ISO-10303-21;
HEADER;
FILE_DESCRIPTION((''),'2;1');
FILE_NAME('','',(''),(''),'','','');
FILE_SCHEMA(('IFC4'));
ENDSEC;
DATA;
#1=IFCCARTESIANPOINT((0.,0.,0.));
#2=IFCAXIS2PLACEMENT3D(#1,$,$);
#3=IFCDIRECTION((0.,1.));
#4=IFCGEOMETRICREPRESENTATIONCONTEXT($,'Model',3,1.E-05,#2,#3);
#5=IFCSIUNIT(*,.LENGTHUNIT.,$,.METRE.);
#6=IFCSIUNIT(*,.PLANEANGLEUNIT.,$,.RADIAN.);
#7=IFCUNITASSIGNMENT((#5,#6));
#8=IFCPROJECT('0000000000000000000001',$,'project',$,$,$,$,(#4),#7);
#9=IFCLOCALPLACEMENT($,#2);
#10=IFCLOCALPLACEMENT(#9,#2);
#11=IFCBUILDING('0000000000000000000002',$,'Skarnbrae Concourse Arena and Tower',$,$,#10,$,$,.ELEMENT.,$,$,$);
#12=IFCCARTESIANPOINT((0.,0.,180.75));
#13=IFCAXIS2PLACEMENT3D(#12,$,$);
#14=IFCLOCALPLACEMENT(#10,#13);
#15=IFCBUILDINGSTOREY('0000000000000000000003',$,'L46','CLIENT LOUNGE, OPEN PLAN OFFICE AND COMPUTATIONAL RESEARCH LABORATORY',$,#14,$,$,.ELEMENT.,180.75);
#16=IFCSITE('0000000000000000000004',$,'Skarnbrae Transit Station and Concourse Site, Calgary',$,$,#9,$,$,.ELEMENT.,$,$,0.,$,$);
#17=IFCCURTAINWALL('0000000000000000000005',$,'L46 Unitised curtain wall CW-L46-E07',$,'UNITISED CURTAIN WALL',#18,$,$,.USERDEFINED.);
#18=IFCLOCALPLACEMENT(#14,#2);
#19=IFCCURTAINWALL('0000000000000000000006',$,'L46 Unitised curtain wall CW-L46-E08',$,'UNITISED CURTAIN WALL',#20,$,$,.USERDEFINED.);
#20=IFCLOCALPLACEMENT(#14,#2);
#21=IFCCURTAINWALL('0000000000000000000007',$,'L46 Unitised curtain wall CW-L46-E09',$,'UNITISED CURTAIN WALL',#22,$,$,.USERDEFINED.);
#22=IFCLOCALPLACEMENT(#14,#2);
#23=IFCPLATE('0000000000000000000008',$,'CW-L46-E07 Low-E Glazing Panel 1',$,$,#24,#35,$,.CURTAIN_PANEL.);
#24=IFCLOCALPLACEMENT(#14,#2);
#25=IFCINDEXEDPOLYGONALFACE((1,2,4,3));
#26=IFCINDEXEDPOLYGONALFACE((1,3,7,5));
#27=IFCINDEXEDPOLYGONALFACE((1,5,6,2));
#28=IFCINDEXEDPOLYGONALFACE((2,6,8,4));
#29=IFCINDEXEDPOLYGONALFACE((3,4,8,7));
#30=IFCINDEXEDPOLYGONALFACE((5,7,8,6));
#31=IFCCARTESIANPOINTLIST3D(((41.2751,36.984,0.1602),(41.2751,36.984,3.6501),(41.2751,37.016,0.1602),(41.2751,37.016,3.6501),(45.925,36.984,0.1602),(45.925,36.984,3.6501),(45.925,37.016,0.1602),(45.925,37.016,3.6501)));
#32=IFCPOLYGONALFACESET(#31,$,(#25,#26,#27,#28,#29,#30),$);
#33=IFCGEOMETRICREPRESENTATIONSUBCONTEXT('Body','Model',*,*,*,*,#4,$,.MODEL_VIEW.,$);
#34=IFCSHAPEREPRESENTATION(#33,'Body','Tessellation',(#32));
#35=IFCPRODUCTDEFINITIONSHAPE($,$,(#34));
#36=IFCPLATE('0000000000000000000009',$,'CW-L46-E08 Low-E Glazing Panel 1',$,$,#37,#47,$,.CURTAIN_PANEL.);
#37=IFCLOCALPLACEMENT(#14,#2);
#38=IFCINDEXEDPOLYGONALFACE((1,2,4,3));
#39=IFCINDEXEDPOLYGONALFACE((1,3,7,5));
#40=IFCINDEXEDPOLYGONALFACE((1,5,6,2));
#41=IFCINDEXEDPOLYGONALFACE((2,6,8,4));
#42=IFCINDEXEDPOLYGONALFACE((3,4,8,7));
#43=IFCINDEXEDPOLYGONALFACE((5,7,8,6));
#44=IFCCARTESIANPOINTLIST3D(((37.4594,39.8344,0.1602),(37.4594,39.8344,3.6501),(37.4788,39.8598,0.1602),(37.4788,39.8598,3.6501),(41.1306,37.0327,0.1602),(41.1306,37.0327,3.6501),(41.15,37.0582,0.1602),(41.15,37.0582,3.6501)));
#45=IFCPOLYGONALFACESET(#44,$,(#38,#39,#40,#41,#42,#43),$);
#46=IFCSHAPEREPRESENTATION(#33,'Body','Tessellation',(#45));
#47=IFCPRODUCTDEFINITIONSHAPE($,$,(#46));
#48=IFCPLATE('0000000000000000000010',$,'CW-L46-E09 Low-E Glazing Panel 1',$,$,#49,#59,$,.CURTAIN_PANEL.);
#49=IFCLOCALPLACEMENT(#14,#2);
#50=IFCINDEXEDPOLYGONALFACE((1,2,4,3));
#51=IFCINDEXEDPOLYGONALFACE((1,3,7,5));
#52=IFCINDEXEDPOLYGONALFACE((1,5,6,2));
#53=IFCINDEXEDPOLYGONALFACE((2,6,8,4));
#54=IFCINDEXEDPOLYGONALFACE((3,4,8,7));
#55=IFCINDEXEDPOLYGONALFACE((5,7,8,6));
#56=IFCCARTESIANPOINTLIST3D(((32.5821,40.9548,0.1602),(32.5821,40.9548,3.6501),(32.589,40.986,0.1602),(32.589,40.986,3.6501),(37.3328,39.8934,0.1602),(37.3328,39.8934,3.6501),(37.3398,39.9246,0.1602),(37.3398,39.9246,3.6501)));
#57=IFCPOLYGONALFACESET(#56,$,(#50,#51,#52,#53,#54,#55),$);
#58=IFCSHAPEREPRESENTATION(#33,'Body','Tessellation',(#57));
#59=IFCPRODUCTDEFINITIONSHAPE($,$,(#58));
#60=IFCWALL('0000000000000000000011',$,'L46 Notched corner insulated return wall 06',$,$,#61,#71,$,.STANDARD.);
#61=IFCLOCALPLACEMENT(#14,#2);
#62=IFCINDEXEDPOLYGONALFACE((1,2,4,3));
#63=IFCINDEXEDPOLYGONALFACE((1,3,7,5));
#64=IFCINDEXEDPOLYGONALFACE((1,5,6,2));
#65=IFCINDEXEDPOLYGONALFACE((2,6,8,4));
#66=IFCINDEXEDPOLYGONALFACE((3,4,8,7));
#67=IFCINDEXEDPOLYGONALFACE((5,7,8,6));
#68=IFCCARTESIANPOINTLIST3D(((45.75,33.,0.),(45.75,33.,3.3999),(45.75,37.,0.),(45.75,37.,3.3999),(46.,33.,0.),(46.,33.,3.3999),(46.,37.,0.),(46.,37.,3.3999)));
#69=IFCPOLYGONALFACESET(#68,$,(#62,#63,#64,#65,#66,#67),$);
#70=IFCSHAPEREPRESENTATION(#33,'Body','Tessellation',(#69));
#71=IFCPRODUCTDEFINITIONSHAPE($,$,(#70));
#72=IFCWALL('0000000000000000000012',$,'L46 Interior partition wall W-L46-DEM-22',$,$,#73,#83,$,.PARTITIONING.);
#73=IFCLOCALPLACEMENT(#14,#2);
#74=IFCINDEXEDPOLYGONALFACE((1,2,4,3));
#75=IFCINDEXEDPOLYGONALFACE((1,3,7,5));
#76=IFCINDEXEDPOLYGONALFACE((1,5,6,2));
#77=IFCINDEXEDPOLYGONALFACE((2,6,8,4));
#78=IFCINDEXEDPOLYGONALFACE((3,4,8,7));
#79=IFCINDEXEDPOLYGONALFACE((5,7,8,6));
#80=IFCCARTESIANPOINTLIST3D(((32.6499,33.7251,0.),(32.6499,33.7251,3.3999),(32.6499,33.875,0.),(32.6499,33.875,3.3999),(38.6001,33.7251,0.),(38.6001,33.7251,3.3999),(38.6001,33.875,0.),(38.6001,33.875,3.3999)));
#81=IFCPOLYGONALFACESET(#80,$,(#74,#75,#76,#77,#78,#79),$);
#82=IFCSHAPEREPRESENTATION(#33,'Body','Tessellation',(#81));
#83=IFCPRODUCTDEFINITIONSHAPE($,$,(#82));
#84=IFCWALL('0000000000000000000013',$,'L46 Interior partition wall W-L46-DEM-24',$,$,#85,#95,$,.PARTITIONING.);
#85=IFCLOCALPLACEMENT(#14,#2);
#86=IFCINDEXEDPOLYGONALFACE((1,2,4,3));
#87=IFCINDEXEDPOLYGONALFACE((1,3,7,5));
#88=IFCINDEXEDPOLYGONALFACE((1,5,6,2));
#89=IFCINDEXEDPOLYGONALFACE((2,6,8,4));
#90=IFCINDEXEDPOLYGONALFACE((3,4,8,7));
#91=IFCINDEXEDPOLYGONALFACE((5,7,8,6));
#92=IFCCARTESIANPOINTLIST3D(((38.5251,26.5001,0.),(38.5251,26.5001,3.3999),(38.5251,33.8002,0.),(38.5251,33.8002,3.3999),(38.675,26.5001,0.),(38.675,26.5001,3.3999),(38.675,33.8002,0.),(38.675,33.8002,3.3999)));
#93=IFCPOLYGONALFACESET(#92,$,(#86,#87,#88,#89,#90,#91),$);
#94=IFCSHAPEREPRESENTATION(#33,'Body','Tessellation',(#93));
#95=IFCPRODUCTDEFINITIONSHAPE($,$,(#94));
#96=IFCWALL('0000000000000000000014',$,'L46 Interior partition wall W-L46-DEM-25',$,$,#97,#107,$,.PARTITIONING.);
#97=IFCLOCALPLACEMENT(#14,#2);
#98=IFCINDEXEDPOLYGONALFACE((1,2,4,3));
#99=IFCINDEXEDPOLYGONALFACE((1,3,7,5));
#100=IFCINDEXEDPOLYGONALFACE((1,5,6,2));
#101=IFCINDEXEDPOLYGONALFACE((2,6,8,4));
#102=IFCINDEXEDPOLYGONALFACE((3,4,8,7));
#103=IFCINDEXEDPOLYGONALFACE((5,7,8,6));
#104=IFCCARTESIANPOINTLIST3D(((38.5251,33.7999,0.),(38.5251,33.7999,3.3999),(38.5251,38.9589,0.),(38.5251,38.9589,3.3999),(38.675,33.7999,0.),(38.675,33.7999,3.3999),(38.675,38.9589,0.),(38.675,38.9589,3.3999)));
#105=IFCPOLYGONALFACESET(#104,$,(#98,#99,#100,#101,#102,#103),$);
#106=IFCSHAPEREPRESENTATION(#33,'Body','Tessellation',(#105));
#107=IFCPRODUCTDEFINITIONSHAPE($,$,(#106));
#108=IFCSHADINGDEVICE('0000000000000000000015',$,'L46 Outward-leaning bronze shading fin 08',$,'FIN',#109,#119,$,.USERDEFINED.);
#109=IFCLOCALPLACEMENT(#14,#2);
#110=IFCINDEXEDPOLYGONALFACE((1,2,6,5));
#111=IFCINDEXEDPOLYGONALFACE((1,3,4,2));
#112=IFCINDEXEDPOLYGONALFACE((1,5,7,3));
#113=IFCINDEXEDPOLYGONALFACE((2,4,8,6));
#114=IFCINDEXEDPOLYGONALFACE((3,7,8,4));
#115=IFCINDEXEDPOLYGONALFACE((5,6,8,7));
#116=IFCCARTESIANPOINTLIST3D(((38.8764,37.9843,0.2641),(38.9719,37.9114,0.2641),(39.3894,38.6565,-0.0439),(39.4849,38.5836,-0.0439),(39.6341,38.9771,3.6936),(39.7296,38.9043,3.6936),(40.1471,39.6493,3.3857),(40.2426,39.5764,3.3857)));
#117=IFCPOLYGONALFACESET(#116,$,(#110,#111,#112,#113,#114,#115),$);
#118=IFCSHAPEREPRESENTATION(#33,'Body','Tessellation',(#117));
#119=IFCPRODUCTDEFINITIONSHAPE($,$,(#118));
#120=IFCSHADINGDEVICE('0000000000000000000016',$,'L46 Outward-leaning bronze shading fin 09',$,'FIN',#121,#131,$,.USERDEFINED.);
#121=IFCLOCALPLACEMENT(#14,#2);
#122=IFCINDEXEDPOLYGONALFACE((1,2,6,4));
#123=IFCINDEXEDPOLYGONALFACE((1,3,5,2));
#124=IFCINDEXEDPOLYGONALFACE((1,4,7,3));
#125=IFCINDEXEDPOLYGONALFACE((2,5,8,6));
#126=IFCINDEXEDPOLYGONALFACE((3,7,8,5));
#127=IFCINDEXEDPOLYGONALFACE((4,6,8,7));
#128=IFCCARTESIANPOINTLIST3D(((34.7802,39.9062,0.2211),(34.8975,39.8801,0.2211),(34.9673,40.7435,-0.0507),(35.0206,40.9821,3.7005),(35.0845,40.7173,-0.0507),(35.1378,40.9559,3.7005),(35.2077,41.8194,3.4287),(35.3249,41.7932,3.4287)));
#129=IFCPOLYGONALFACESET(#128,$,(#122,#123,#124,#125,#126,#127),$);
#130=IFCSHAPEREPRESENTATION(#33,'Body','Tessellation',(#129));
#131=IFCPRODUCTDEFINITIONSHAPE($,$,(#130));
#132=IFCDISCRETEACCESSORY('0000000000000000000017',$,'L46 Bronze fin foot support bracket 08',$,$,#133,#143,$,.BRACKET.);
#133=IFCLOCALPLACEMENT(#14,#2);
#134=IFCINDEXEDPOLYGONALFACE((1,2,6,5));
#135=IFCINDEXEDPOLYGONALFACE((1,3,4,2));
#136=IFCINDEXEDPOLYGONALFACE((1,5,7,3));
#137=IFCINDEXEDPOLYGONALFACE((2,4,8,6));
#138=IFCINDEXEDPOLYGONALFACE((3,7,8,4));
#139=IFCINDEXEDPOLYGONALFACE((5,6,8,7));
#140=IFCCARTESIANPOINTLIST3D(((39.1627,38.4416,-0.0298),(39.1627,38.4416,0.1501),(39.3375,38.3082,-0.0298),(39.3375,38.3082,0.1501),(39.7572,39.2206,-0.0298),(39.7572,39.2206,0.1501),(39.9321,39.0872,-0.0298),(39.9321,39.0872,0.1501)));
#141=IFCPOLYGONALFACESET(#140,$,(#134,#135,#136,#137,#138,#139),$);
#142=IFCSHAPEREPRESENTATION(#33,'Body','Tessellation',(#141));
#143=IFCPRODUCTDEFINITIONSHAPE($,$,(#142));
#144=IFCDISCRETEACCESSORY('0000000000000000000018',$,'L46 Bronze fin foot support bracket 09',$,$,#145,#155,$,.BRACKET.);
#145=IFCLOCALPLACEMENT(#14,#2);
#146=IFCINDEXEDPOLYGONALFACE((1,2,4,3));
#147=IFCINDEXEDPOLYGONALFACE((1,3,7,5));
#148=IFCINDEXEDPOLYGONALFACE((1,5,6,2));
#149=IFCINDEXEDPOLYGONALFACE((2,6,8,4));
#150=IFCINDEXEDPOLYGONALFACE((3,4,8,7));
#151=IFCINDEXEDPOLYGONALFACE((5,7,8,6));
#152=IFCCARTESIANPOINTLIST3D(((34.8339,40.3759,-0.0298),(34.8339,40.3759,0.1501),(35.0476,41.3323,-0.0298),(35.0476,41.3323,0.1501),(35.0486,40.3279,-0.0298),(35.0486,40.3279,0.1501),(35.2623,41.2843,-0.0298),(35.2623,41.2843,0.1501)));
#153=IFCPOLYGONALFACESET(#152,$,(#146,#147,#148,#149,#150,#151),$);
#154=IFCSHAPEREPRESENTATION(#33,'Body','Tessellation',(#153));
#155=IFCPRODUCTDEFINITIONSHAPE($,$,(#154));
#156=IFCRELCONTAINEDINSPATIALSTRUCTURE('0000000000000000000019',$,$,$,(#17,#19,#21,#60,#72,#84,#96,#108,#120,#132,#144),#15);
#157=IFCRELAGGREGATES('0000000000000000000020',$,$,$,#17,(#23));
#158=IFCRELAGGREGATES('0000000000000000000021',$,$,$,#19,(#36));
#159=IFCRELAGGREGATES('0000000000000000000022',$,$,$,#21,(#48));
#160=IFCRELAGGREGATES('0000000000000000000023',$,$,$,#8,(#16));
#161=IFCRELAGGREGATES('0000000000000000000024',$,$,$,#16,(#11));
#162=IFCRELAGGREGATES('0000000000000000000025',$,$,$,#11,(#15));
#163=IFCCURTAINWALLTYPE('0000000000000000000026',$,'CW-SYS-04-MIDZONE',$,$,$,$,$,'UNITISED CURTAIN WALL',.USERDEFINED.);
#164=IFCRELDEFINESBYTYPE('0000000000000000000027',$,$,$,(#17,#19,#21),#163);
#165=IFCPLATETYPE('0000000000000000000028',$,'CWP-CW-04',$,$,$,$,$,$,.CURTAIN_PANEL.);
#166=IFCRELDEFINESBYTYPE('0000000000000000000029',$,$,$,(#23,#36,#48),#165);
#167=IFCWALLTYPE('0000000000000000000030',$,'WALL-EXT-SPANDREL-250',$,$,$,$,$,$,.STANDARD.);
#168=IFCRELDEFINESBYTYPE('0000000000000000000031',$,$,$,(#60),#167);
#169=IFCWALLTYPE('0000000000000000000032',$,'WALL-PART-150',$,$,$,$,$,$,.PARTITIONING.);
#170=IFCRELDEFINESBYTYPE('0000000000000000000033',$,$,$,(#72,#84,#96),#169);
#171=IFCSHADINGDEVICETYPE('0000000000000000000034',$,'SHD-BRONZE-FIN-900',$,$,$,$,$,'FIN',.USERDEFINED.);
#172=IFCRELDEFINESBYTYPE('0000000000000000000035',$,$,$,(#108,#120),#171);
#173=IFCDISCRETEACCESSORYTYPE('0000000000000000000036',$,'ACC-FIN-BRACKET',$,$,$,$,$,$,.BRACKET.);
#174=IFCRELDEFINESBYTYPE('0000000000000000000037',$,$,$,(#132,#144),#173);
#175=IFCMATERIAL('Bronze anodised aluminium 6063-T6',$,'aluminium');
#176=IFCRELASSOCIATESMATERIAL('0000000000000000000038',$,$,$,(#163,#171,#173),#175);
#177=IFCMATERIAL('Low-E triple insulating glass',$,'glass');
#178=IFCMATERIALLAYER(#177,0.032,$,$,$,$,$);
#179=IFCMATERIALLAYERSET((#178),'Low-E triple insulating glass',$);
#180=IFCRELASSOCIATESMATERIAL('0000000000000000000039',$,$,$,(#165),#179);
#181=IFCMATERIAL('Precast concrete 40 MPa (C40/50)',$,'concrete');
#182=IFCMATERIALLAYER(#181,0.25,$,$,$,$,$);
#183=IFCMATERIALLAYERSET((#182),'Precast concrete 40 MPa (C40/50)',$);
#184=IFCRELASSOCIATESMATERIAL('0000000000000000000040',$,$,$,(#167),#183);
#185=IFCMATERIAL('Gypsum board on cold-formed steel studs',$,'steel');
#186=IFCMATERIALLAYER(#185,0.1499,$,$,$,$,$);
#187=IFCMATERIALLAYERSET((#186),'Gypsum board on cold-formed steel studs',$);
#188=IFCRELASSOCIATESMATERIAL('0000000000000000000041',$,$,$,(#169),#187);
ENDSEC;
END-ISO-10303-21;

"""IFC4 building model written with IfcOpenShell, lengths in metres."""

from ifc_helpers import new_model, si_unit, direction, frame, frame_2d, origin, origin_2d, place, context, subcontext, project, spatial, rectangle, extrude, source, transform, mapped, material, layer, layer_set, type_object, element, aggregate, save


model = new_model("IFC4")

# Units and contexts
model_context = context("Model", 3, precision=1e-05, world=origin(), true_north=direction((0.0, 1.0)))
body_context = subcontext(model_context, "Body", "Model", "MODEL_VIEW")
ifc_project = project(units=[si_unit("LENGTHUNIT", "METRE"), si_unit("PLANEANGLEUNIT", "RADIAN")], contexts=[model_context])

# Site, building, storey
site_placement = place(None, origin())
site = spatial("IfcSite", under=ifc_project, at=site_placement, Name="Skarnbrae Transit Station and Concourse Site, Calgary", CompositionType="ELEMENT", RefElevation=0.0)
building_placement = place(site_placement, origin())
building = spatial("IfcBuilding", under=site, at=building_placement, Name="Skarnbrae Concourse Arena and Tower", CompositionType="ELEMENT")
storey_placement = place(building_placement, frame((0.0, 0.0, 180.75)))
storey = spatial("IfcBuildingStorey", under=building, at=storey_placement, Name="L46", Description="CLIENT LOUNGE, OPEN PLAN OFFICE AND COMPUTATIONAL RESEARCH LABORATORY", CompositionType="ELEMENT", Elevation=180.75)

# Shared definitions
ifc_material_1 = material(Name="Bronze anodised aluminium 6063-T6", Category="aluminium")
curtain_wall_type = type_object("IfcCurtainWallType", Name="CW-SYS-04-MIDZONE", ElementType="UNITISED CURTAIN WALL", PredefinedType="USERDEFINED", material=ifc_material_1)

# Curtain walls
curtain_wall_1_placement = place(storey_placement, origin())
curtain_wall_1 = element("IfcCurtainWall", 1, at=curtain_wall_1_placement, inside=storey, type_object=curtain_wall_type, Name="L46 Unitised curtain wall CW-L46-E07", ObjectType="UNITISED CURTAIN WALL", PredefinedType="USERDEFINED")
curtain_wall_2_placement = place(storey_placement, origin())
curtain_wall_2 = element("IfcCurtainWall", 2, at=curtain_wall_2_placement, inside=storey, type_object=curtain_wall_type, Name="L46 Unitised curtain wall CW-L46-E08", ObjectType="UNITISED CURTAIN WALL", PredefinedType="USERDEFINED")

# Curtain wall
curtain_wall_3_placement = place(storey_placement, origin())
curtain_wall_3 = element("IfcCurtainWall", 3, at=curtain_wall_3_placement, inside=storey, type_object=curtain_wall_type, Name="L46 Unitised curtain wall CW-L46-E09", ObjectType="UNITISED CURTAIN WALL", PredefinedType="USERDEFINED")

# Plates
ifc_material_2 = material(Name="Low-E triple insulating glass", Category="glass")
ifc_layer_1 = layer(ifc_material_2, 0.032)
ifc_layer_set_1 = layer_set([ifc_layer_1], Name="Low-E triple insulating glass")
plate_type = type_object("IfcPlateType", Name="CWP-CW-04", PredefinedType="CURTAIN_PANEL", material=ifc_layer_set_1)
shared_shape_1 = source(origin(), body_context, "Body", "SweptSolid", [
    extrude(rectangle(XDim=4.6499, YDim=0.032, at=origin_2d()), origin(), (0.0, 0.0, 1.0), 3.49),
])
plate_1_placement = place(storey_placement, frame((43.6001, 37.0, 0.1602), z_axis=(0.0, 0.0, 1.0), x_axis=(-1.0, 0.0, 0.0)))
plate_1 = element("IfcPlate", 4, at=plate_1_placement, type_object=plate_type, Name="CW-L46-E07 Low-E Glazing Panel 1", PredefinedType="CURTAIN_PANEL", context=body_context, shape_type="MappedRepresentation", body=[
    mapped(shared_shape_1, transform((0.0, 0.0, 0.0))),
])
aggregate(curtain_wall_1, [plate_1])
shared_shape_2 = source(origin(), body_context, "Body", "SweptSolid", [
    extrude(rectangle(XDim=4.6182, YDim=0.032, at=origin_2d()), origin(), (0.0, 0.0, 1.0), 3.49),
])
plate_2_placement = place(storey_placement, frame((39.3047, 38.4463, 0.1602), z_axis=(0.0, 0.0, 1.0), x_axis=(-0.794956, 0.606667, 0.0)))
plate_2 = element("IfcPlate", 5, at=plate_2_placement, type_object=plate_type, Name="CW-L46-E08 Low-E Glazing Panel 1", PredefinedType="CURTAIN_PANEL", context=body_context, shape_type="MappedRepresentation", body=[
    mapped(shared_shape_2, transform((0.0, 0.0, 0.0))),
])
aggregate(curtain_wall_2, [plate_2])
shared_shape_3 = source(origin(), body_context, "Body", "SweptSolid", [
    extrude(rectangle(XDim=4.8679, YDim=0.032, at=origin_2d()), origin(), (0.0, 0.0, 1.0), 3.49),
])
plate_3_placement = place(storey_placement, frame((34.9609, 40.4397, 0.1602), z_axis=(0.0, 0.0, 1.0), x_axis=(-0.975936, 0.218056, 0.0)))
plate_3 = element("IfcPlate", 6, at=plate_3_placement, type_object=plate_type, Name="CW-L46-E09 Low-E Glazing Panel 1", PredefinedType="CURTAIN_PANEL", context=body_context, shape_type="MappedRepresentation", body=[
    mapped(shared_shape_3, transform((0.0, 0.0, 0.0))),
])
aggregate(curtain_wall_3, [plate_3])

# Walls
ifc_material_3 = material(Name="Precast concrete 40 MPa (C40/50)", Category="concrete")
ifc_layer_2 = layer(ifc_material_3, 0.25)
ifc_layer_set_2 = layer_set([ifc_layer_2], Name="Precast concrete 40 MPa (C40/50)")
wall_type_1 = type_object("IfcWallType", Name="WALL-EXT-SPANDREL-250", PredefinedType="STANDARD", material=ifc_layer_set_2)
shared_shape_4 = source(origin(), body_context, "Body", "SweptSolid", [
    extrude(rectangle(XDim=4.0, YDim=0.25, at=frame_2d((2.0, 0.0))), origin(), (0.0, 0.0, 1.0), 3.3999),
])
wall_1_placement = place(storey_placement, frame((45.875, 33.0, 0.0), z_axis=(0.0, 0.0, 1.0), x_axis=(0.0, 1.0, 0.0)))
element("IfcWall", 7, at=wall_1_placement, inside=storey, type_object=wall_type_1, Name="L46 Notched corner insulated return wall 06", PredefinedType="STANDARD", context=body_context, shape_type="MappedRepresentation", body=[
    mapped(shared_shape_4, transform((0.0, 0.0, 0.0))),
])
ifc_material_4 = material(Name="Gypsum board on cold-formed steel studs", Category="steel")
ifc_layer_3 = layer(ifc_material_4, 0.1499)
ifc_layer_set_3 = layer_set([ifc_layer_3], Name="Gypsum board on cold-formed steel studs")
wall_type_2 = type_object("IfcWallType", Name="WALL-PART-150", PredefinedType="PARTITIONING", material=ifc_layer_set_3)
shared_shape_5 = source(origin(), body_context, "Body", "SweptSolid", [
    extrude(rectangle(XDim=5.9502, YDim=0.1499, at=frame_2d((2.9751, 0.0))), origin(), (0.0, 0.0, 1.0), 3.3999),
])
wall_2_placement = place(storey_placement, frame((38.6001, 33.8, 0.0), z_axis=(0.0, 0.0, 1.0), x_axis=(-1.0, 0.0, 0.0)))
element("IfcWall", 8, at=wall_2_placement, inside=storey, type_object=wall_type_2, Name="L46 Interior partition wall W-L46-DEM-22", PredefinedType="PARTITIONING", context=body_context, shape_type="MappedRepresentation", body=[
    mapped(shared_shape_5, transform((0.0, 0.0, 0.0))),
])
shared_shape_6 = source(origin(), body_context, "Body", "SweptSolid", [
    extrude(rectangle(XDim=7.3, YDim=0.1499, at=frame_2d((3.6499, 0.0))), origin(), (0.0, 0.0, 1.0), 3.3999),
])
wall_3_placement = place(storey_placement, frame((38.6001, 33.8, 0.0), z_axis=(0.0, 0.0, 1.0), x_axis=(0.0, -1.0, 0.0)))
element("IfcWall", 9, at=wall_3_placement, inside=storey, type_object=wall_type_2, Name="L46 Interior partition wall W-L46-DEM-24", PredefinedType="PARTITIONING", context=body_context, shape_type="MappedRepresentation", body=[
    mapped(shared_shape_6, transform((0.0, 0.0, 0.0))),
])
shared_shape_7 = source(origin(), body_context, "Body", "SweptSolid", [
    extrude(rectangle(XDim=5.1589, YDim=0.1499, at=frame_2d((2.5796, 0.0))), origin(), (0.0, 0.0, 1.0), 3.3999),
])
wall_4_placement = place(storey_placement, frame((38.6001, 38.959, 0.0), z_axis=(0.0, 0.0, 1.0), x_axis=(0.0, -1.0, 0.0)))
element("IfcWall", 10, at=wall_4_placement, inside=storey, type_object=wall_type_2, Name="L46 Interior partition wall W-L46-DEM-25", PredefinedType="PARTITIONING", context=body_context, shape_type="MappedRepresentation", body=[
    mapped(shared_shape_7, transform((0.0, 0.0, 0.0))),
])

# Shading devices
shading_device_type = type_object("IfcShadingDeviceType", Name="SHD-BRONZE-FIN-900", ElementType="FIN", PredefinedType="USERDEFINED", material=ifc_material_1)
shared_shape_8 = source(origin(), body_context, "Body", "SweptSolid", [
    extrude(rectangle(XDim=0.1201, YDim=0.8999, at=origin_2d()), origin(), (0.0, 0.0, 1.0), 3.6499),
])
for number, where, z_axis, x_axis, name in (
    (11, (39.1807, 38.2839, 0.1101), (0.207592, 0.272021, 0.939633), (0.794955, -0.606668, 0.0), "L46 Outward-leaning bronze shading fin 08"),
    (12, (34.9324, 40.3118, 0.0852), (0.065862, 0.294769, 0.953296), (0.975936, -0.218058, 0.0), "L46 Outward-leaning bronze shading fin 09"),
):
    element("IfcShadingDevice", number, at=place(storey_placement, frame(where, z_axis=z_axis, x_axis=x_axis)), inside=storey, type_object=shading_device_type, Name=name, ObjectType="FIN", PredefinedType="USERDEFINED", context=body_context, shape_type="MappedRepresentation", body=[
        mapped(shared_shape_8, transform((0.0, 0.0, 0.0))),
    ])

# Discrete accessories
discrete_accessory_type = type_object("IfcDiscreteAccessoryType", Name="ACC-FIN-BRACKET", PredefinedType="BRACKET", material=ifc_material_1)
shared_shape_9 = source(origin(), body_context, "Body", "SweptSolid", [
    extrude(rectangle(XDim=0.22, YDim=0.98, at=origin_2d()), origin(), (0.0, 0.0, 1.0), 0.1799),
])
for number, where, z_axis, x_axis, name in (
    (13, (39.5474, 38.7644, -0.0298), (0.0, 0.0, 1.0), (0.794955, -0.606668, 0.0), "L46 Bronze fin foot support bracket 08"),
    (14, (35.0481, 40.8301, -0.0298), (0.0, 0.0, 1.0), (0.975936, -0.218058, 0.0), "L46 Bronze fin foot support bracket 09"),
):
    element("IfcDiscreteAccessory", number, at=place(storey_placement, frame(where, z_axis=z_axis, x_axis=x_axis)), inside=storey, type_object=discrete_accessory_type, Name=name, PredefinedType="BRACKET", context=body_context, shape_type="MappedRepresentation", body=[
        mapped(shared_shape_9, transform((0.0, 0.0, 0.0))),
    ])

save(model, "model.ifc")
